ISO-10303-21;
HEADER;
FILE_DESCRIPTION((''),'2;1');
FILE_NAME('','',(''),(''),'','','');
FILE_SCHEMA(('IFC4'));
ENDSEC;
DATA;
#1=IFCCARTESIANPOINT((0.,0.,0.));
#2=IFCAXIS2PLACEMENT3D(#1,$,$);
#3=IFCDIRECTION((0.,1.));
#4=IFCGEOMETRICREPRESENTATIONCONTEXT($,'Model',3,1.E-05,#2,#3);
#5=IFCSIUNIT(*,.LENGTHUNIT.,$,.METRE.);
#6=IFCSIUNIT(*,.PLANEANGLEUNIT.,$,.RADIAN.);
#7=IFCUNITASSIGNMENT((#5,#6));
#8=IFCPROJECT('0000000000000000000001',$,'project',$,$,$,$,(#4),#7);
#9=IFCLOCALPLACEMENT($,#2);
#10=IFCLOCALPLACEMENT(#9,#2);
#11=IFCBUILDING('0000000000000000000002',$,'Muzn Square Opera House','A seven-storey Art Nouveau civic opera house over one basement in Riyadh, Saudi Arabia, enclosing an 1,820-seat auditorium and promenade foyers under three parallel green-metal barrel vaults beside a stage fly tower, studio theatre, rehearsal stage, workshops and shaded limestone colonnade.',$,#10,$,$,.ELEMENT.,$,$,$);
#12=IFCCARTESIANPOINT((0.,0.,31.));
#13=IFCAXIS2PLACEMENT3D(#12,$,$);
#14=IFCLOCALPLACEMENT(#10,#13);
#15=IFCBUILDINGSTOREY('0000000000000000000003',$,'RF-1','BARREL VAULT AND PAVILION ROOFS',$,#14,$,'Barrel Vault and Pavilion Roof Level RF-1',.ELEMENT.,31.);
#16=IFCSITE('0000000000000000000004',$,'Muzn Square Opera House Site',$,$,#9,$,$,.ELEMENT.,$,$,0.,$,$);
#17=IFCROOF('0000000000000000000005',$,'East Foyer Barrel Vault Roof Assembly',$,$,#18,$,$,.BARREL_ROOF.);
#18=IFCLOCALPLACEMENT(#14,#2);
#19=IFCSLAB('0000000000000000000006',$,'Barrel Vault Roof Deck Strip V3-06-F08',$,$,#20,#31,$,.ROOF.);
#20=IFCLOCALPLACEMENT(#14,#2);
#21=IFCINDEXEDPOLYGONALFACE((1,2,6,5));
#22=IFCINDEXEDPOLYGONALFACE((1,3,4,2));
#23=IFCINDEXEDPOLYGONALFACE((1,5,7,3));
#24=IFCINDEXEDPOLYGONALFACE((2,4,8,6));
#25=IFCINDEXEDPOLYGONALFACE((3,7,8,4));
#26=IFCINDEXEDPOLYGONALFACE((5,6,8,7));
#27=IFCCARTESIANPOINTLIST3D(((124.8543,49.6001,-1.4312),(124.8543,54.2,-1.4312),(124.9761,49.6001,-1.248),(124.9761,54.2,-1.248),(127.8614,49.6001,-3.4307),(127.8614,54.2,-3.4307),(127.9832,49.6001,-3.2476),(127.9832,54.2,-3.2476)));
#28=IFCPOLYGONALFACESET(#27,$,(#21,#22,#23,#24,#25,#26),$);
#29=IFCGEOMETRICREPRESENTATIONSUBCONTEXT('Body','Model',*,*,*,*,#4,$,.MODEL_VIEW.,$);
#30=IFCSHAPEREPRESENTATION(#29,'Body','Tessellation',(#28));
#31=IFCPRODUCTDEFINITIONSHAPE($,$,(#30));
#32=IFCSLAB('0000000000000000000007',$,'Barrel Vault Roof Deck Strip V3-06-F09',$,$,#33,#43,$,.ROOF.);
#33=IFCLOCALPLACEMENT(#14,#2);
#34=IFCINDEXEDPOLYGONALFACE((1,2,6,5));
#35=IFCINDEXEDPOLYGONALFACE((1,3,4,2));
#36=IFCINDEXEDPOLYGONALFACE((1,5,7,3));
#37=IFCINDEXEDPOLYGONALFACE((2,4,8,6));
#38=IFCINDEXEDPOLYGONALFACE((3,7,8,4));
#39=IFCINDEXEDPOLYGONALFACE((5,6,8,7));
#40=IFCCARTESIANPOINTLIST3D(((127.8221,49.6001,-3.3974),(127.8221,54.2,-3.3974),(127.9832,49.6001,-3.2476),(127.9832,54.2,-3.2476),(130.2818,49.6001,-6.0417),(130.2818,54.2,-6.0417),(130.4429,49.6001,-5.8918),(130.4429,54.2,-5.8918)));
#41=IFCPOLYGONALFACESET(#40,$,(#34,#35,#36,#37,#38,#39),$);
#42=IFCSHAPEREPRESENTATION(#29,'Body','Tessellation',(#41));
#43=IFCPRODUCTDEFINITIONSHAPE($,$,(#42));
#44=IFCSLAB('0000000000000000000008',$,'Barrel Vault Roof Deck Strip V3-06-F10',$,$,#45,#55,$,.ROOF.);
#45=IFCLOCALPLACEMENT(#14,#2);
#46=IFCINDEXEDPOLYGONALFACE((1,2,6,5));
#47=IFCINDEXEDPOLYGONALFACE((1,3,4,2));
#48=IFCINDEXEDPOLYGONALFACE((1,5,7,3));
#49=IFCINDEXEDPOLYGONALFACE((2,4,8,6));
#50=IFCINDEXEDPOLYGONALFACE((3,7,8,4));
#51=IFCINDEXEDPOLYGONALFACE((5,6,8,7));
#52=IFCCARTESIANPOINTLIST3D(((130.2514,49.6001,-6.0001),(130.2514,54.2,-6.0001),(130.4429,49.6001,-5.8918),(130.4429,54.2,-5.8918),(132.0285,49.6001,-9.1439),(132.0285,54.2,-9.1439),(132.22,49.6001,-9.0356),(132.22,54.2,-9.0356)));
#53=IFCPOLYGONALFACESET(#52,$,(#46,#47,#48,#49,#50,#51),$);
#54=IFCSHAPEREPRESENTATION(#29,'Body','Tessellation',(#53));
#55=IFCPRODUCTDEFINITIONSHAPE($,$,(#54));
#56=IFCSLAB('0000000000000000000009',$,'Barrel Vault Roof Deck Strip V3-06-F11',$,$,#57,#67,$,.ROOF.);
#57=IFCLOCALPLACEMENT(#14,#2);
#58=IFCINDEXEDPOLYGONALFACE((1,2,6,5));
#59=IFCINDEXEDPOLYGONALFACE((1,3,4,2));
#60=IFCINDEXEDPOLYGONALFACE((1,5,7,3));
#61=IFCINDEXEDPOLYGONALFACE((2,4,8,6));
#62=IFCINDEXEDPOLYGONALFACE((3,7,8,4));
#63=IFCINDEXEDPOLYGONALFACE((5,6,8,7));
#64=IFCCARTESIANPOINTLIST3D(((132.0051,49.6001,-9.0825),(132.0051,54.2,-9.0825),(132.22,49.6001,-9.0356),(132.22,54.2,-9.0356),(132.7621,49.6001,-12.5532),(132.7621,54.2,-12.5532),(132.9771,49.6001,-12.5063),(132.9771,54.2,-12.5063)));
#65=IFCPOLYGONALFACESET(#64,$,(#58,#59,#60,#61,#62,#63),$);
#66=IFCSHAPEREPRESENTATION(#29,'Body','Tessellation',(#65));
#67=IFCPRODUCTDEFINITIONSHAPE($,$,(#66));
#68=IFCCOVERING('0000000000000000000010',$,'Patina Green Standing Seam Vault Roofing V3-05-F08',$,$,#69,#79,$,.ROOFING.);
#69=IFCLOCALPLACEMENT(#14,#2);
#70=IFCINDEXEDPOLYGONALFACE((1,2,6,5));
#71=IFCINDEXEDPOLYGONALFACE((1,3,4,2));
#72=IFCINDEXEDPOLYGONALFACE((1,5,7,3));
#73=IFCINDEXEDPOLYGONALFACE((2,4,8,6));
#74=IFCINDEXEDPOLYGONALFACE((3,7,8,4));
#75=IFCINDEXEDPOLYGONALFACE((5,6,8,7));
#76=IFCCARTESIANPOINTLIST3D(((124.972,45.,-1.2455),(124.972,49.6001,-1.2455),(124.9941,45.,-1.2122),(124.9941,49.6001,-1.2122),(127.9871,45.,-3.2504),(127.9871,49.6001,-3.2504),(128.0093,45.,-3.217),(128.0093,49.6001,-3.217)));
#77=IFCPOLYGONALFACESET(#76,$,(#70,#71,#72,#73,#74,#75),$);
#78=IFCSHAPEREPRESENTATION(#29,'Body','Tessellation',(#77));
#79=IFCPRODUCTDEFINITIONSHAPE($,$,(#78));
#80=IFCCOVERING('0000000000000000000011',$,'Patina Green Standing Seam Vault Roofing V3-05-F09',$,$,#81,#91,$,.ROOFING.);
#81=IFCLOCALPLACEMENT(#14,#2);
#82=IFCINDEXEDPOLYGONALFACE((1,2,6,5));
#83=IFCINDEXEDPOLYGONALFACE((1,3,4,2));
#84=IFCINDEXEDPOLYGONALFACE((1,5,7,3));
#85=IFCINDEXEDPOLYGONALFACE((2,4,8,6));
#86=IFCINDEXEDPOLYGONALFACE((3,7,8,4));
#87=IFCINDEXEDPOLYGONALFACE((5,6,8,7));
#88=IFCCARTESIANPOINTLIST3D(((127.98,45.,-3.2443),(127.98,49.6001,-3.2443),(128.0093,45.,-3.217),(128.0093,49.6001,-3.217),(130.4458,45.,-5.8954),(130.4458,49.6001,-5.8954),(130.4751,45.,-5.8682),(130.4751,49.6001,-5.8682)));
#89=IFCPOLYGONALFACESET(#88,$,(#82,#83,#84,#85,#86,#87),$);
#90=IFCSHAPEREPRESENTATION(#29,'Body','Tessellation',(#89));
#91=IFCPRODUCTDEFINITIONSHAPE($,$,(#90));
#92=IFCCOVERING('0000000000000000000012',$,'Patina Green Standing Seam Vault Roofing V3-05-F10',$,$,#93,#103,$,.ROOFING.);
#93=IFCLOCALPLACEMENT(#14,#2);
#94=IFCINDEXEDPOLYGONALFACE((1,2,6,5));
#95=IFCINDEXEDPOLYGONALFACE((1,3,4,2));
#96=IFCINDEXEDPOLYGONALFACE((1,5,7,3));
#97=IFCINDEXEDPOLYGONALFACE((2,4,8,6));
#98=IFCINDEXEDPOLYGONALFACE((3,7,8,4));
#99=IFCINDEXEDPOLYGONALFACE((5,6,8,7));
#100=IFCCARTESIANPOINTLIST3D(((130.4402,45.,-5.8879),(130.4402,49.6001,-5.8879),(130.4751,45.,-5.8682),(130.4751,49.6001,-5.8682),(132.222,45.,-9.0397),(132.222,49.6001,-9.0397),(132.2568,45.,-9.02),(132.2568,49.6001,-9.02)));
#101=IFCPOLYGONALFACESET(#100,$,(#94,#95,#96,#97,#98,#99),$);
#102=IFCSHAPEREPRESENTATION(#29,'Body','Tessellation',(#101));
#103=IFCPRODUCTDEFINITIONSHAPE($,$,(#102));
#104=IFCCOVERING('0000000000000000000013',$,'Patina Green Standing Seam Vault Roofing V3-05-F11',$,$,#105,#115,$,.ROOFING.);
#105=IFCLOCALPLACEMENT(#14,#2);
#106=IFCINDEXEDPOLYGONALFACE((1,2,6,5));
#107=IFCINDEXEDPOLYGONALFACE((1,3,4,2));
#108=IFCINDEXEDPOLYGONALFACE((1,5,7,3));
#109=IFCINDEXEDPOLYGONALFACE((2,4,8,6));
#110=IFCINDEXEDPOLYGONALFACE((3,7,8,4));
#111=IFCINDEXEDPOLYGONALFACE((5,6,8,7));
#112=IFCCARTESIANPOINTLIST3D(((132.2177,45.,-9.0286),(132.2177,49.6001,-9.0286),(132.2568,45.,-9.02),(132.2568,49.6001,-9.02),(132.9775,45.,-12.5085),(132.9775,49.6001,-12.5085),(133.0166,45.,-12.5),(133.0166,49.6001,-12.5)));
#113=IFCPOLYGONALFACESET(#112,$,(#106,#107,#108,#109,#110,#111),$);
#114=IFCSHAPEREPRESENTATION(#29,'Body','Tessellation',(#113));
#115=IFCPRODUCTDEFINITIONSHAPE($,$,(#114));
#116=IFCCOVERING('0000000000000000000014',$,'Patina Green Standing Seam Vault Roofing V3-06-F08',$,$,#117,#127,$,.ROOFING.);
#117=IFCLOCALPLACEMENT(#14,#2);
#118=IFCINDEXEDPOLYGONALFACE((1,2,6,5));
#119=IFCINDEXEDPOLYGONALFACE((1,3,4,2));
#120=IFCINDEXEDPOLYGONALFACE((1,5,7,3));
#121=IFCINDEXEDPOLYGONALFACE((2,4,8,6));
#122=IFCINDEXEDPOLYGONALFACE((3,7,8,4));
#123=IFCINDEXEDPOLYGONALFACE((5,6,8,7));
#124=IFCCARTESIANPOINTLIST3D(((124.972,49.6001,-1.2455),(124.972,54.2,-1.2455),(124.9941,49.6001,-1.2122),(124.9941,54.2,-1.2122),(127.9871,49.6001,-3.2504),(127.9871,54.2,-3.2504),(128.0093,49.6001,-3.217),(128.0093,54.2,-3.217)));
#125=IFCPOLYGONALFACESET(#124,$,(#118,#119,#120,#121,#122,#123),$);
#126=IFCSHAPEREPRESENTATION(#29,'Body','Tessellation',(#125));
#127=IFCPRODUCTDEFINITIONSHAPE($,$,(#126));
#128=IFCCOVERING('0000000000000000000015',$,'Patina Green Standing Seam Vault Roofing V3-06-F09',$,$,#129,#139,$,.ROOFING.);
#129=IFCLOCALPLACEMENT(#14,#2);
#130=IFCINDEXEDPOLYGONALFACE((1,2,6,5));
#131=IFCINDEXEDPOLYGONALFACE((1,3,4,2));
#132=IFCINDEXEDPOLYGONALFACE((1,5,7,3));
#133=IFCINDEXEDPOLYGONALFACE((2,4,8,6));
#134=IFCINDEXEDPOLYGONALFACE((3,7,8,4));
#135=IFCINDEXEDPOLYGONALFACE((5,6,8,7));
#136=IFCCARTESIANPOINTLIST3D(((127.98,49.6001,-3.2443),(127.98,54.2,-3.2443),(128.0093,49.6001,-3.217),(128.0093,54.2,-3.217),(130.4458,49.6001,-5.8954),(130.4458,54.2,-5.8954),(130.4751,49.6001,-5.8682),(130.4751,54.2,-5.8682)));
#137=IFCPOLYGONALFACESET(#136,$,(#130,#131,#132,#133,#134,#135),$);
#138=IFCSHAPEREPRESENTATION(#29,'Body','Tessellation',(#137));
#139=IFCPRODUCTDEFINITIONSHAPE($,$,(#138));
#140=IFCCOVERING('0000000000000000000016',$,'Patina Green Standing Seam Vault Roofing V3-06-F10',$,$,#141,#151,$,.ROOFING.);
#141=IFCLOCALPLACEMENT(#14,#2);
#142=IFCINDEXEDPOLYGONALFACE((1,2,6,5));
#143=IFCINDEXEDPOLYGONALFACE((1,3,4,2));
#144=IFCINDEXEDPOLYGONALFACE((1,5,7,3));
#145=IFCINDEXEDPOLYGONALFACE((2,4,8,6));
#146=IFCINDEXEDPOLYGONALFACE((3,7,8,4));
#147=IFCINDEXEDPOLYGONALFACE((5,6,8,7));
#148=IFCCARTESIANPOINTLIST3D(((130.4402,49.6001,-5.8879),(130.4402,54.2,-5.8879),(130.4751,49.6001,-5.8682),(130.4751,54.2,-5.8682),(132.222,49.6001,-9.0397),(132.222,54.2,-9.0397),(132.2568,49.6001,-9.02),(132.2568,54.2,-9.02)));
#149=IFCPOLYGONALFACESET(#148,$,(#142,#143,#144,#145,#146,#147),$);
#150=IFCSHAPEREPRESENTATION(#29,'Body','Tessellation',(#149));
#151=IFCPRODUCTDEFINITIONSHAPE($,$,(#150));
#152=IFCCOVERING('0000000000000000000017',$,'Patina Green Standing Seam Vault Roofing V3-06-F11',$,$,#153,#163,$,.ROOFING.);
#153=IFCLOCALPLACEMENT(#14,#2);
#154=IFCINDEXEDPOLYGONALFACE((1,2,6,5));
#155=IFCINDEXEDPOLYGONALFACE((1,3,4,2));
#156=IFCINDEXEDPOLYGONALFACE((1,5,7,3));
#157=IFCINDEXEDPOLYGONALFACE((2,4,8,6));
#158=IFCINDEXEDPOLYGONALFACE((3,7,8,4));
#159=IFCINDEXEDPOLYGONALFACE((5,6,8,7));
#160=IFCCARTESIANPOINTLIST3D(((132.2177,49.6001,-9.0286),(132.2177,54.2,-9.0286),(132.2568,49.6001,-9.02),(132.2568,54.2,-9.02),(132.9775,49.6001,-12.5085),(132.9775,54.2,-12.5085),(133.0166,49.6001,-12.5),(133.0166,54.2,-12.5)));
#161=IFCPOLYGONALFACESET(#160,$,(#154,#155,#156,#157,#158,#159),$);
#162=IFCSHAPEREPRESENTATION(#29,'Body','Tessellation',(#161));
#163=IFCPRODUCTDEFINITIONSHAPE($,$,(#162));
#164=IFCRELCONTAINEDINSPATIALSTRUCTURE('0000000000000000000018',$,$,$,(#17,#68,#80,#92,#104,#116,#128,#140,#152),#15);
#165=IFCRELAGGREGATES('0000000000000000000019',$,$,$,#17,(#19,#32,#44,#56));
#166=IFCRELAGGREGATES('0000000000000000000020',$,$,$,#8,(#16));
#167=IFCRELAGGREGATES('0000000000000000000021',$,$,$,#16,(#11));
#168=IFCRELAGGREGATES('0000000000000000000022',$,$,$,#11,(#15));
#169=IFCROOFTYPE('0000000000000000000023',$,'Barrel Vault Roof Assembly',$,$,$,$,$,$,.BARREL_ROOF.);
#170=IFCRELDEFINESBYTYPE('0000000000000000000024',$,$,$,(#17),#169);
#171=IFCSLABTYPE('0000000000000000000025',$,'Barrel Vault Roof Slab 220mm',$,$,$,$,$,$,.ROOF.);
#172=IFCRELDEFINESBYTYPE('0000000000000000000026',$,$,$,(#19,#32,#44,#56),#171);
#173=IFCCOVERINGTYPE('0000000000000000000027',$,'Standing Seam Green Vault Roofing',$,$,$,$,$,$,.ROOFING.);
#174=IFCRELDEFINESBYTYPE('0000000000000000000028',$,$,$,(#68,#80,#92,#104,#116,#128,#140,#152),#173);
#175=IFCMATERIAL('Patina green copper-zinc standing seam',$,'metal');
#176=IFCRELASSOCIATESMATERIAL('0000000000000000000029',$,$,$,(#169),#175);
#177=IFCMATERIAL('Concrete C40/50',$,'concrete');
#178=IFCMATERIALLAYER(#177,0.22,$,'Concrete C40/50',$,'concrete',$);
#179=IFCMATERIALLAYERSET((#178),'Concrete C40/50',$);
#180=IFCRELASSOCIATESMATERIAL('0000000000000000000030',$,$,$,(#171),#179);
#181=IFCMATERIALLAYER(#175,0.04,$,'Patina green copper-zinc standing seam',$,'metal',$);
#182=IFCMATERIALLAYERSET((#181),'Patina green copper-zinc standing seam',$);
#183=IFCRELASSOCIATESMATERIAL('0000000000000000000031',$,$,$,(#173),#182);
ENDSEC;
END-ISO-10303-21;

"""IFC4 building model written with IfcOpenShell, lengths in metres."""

from ifc_helpers import new_model, si_unit, direction, frame, origin, place, context, subcontext, project, spatial, polyline, outline, extrude, material, layer, layer_set, type_object, element, aggregate, save


model = new_model("IFC4")

# Units and contexts
model_context = context("Model", 3, precision=1e-05, world=origin(), true_north=direction((0.0, 1.0)))
body_context = subcontext(model_context, "Body", "Model", "MODEL_VIEW")
ifc_project = project(units=[si_unit("LENGTHUNIT", "METRE"), si_unit("PLANEANGLEUNIT", "RADIAN")], contexts=[model_context])

# Site, building, storey
site_placement = place(None, origin())
site = spatial("IfcSite", under=ifc_project, at=site_placement, Name="Muzn Square Opera House Site", CompositionType="ELEMENT", RefElevation=0.0)
building_placement = place(site_placement, origin())
building = spatial("IfcBuilding", under=site, at=building_placement, Name="Muzn Square Opera House", Description="A seven-storey Art Nouveau civic opera house over one basement in Riyadh, Saudi Arabia, enclosing an 1,820-seat auditorium and promenade foyers under three parallel green-metal barrel vaults beside a stage fly tower, studio theatre, rehearsal stage, workshops and shaded limestone colonnade.", CompositionType="ELEMENT")
storey_placement = place(building_placement, frame((0.0, 0.0, 31.0)))
storey = spatial("IfcBuildingStorey", under=building, at=storey_placement, Name="RF-1", Description="BARREL VAULT AND PAVILION ROOFS", LongName="Barrel Vault and Pavilion Roof Level RF-1", CompositionType="ELEMENT", Elevation=31.0)

# Roof, slabs
ifc_material_1 = material(Name="Patina green copper-zinc standing seam", Category="metal")
roof_type = type_object("IfcRoofType", Name="Barrel Vault Roof Assembly", PredefinedType="BARREL_ROOF", material=ifc_material_1)
roof_placement = place(storey_placement, origin())
roof = element("IfcRoof", 1, at=roof_placement, inside=storey, type_object=roof_type, Name="East Foyer Barrel Vault Roof Assembly", PredefinedType="BARREL_ROOF")
ifc_material_2 = material(Name="Concrete C40/50", Category="concrete")
ifc_layer_1 = layer(ifc_material_2, 0.22, Name="Concrete C40/50", Category="concrete")
ifc_layer_set_1 = layer_set([ifc_layer_1], Name="Concrete C40/50")
slab_type = type_object("IfcSlabType", Name="Barrel Vault Roof Slab 220mm", PredefinedType="ROOF", material=ifc_layer_set_1)
slab_1_placement = place(storey_placement, frame((124.9761, 49.6001, -1.248), z_axis=(0.553701, 0.0, 0.832715), x_axis=(0.832715, 0.0, -0.553701)))
slab_1 = element("IfcSlab", 2, at=slab_1_placement, type_object=slab_type, Name="Barrel Vault Roof Deck Strip V3-06-F08", PredefinedType="ROOF", context=body_context, shape_type="SweptSolid", body=[
    extrude(outline(polyline([(0.0, 0.0), (3.6112, 0.0), (3.6112, 4.5999), (0.0, 4.5999), (0.0, 0.0)])), origin(), (0.0, 0.0, -1.0), 0.22),
])
slab_2_placement = place(storey_placement, frame((127.9832, 49.6001, -3.2476), z_axis=(0.732198, 0.0, 0.681091), x_axis=(0.681091, 0.0, -0.732198)))
slab_2 = element("IfcSlab", 3, at=slab_2_placement, type_object=slab_type, Name="Barrel Vault Roof Deck Strip V3-06-F09", PredefinedType="ROOF", context=body_context, shape_type="SweptSolid", body=[
    extrude(outline(polyline([(0.0, 0.0), (3.6114, 0.0), (3.6114, 4.5999), (0.0, 4.5999), (0.0, 0.0)])), origin(), (0.0, 0.0, -1.0), 0.22),
])
slab_3_placement = place(storey_placement, frame((130.4429, 49.6001, -5.8918), z_axis=(0.870543, 0.0, 0.492093), x_axis=(0.492093, 0.0, -0.870543)))
slab_3 = element("IfcSlab", 4, at=slab_3_placement, type_object=slab_type, Name="Barrel Vault Roof Deck Strip V3-06-F10", PredefinedType="ROOF", context=body_context, shape_type="SweptSolid", body=[
    extrude(outline(polyline([(0.0, 0.0), (3.6113, 0.0), (3.6113, 4.5999), (0.0, 4.5999), (0.0, 0.0)])), origin(), (0.0, 0.0, -1.0), 0.22),
])
slab_4_placement = place(storey_placement, frame((132.22, 49.6001, -9.0356), z_axis=(0.977025, 0.0, 0.213123), x_axis=(0.213123, 0.0, -0.977025)))
slab_4 = element("IfcSlab", 5, at=slab_4_placement, type_object=slab_type, Name="Barrel Vault Roof Deck Strip V3-06-F11", PredefinedType="ROOF", context=body_context, shape_type="SweptSolid", body=[
    extrude(outline(polyline([(0.0, 0.0), (3.5523, 0.0), (3.5523, 4.5999), (0.0, 4.5999), (0.0, 0.0)])), origin(), (0.0, 0.0, -1.0), 0.22),
])
aggregate(roof, [slab_1, slab_2, slab_3, slab_4])

# Coverings
ifc_layer_2 = layer(ifc_material_1, 0.04, Name="Patina green copper-zinc standing seam", Category="metal")
ifc_layer_set_2 = layer_set([ifc_layer_2], Name="Patina green copper-zinc standing seam")
covering_type = type_object("IfcCoveringType", Name="Standing Seam Green Vault Roofing", PredefinedType="ROOFING", material=ifc_layer_set_2)
covering_1_placement = place(storey_placement, frame((124.9941, 45.0, -1.2122), z_axis=(0.553704, 0.0, 0.832714), x_axis=(0.832714, 0.0, -0.553704)))
element("IfcCovering", 6, at=covering_1_placement, inside=storey, type_object=covering_type, Name="Patina Green Standing Seam Vault Roofing V3-05-F08", PredefinedType="ROOFING", context=body_context, shape_type="SweptSolid", body=[
    extrude(outline(polyline([(0.0, 0.0), (3.6209, 0.0), (3.6209, 4.6001), (0.0, 4.6001), (0.0, 0.0)])), origin(), (0.0, 0.0, -1.0), 0.04),
])
covering_2_placement = place(storey_placement, frame((128.0093, 45.0, -3.217), z_axis=(0.732234, 0.0, 0.681053), x_axis=(0.681053, 0.0, -0.732234)))
element("IfcCovering", 7, at=covering_2_placement, inside=storey, type_object=covering_type, Name="Patina Green Standing Seam Vault Roofing V3-05-F09", PredefinedType="ROOFING", context=body_context, shape_type="SweptSolid", body=[
    extrude(outline(polyline([(0.0, 0.0), (3.6206, 0.0), (3.6206, 4.6001), (0.0, 4.6001), (0.0, 0.0)])), origin(), (0.0, 0.0, -1.0), 0.04),
])
covering_3_placement = place(storey_placement, frame((130.4751, 45.0, -5.8682), z_axis=(0.870533, 0.0, 0.492111), x_axis=(0.492111, 0.0, -0.870533)))
element("IfcCovering", 8, at=covering_3_placement, inside=storey, type_object=covering_type, Name="Patina Green Standing Seam Vault Roofing V3-05-F10", PredefinedType="ROOFING", context=body_context, shape_type="SweptSolid", body=[
    extrude(outline(polyline([(0.0, 0.0), (3.6206, 0.0), (3.6206, 4.6001), (0.0, 4.6001), (0.0, 0.0)])), origin(), (0.0, 0.0, -1.0), 0.04),
])
covering_4_placement = place(storey_placement, frame((132.2568, 45.0, -9.02), z_axis=(0.976987, 0.0, 0.2133), x_axis=(0.2133, 0.0, -0.976987)))
element("IfcCovering", 9, at=covering_4_placement, inside=storey, type_object=covering_type, Name="Patina Green Standing Seam Vault Roofing V3-05-F11", PredefinedType="ROOFING", context=body_context, shape_type="SweptSolid", body=[
    extrude(outline(polyline([(0.0, 0.0), (3.562, 0.0), (3.562, 4.6001), (0.0, 4.6001), (0.0, 0.0)])), origin(), (0.0, 0.0, -1.0), 0.04),
])
covering_5_placement = place(storey_placement, frame((124.9941, 49.6001, -1.2122), z_axis=(0.553704, 0.0, 0.832714), x_axis=(0.832714, 0.0, -0.553704)))
element("IfcCovering", 10, at=covering_5_placement, inside=storey, type_object=covering_type, Name="Patina Green Standing Seam Vault Roofing V3-06-F08", PredefinedType="ROOFING", context=body_context, shape_type="SweptSolid", body=[
    extrude(outline(polyline([(0.0, 0.0), (3.6209, 0.0), (3.6209, 4.5999), (0.0, 4.5999), (0.0, 0.0)])), origin(), (0.0, 0.0, -1.0), 0.04),
])
covering_6_placement = place(storey_placement, frame((128.0093, 49.6001, -3.217), z_axis=(0.732234, 0.0, 0.681053), x_axis=(0.681053, 0.0, -0.732234)))
element("IfcCovering", 11, at=covering_6_placement, inside=storey, type_object=covering_type, Name="Patina Green Standing Seam Vault Roofing V3-06-F09", PredefinedType="ROOFING", context=body_context, shape_type="SweptSolid", body=[
    extrude(outline(polyline([(0.0, 0.0), (3.6206, 0.0), (3.6206, 4.5999), (0.0, 4.5999), (0.0, 0.0)])), origin(), (0.0, 0.0, -1.0), 0.04),
])
covering_7_placement = place(storey_placement, frame((130.4751, 49.6001, -5.8682), z_axis=(0.870533, 0.0, 0.492111), x_axis=(0.492111, 0.0, -0.870533)))
element("IfcCovering", 12, at=covering_7_placement, inside=storey, type_object=covering_type, Name="Patina Green Standing Seam Vault Roofing V3-06-F10", PredefinedType="ROOFING", context=body_context, shape_type="SweptSolid", body=[
    extrude(outline(polyline([(0.0, 0.0), (3.6206, 0.0), (3.6206, 4.5999), (0.0, 4.5999), (0.0, 0.0)])), origin(), (0.0, 0.0, -1.0), 0.04),
])
covering_8_placement = place(storey_placement, frame((132.2568, 49.6001, -9.02), z_axis=(0.976987, 0.0, 0.2133), x_axis=(0.2133, 0.0, -0.976987)))
element("IfcCovering", 13, at=covering_8_placement, inside=storey, type_object=covering_type, Name="Patina Green Standing Seam Vault Roofing V3-06-F11", PredefinedType="ROOFING", context=body_context, shape_type="SweptSolid", body=[
    extrude(outline(polyline([(0.0, 0.0), (3.562, 0.0), (3.562, 4.5999), (0.0, 4.5999), (0.0, 0.0)])), origin(), (0.0, 0.0, -1.0), 0.04),
])

save(model, "model.ifc")
